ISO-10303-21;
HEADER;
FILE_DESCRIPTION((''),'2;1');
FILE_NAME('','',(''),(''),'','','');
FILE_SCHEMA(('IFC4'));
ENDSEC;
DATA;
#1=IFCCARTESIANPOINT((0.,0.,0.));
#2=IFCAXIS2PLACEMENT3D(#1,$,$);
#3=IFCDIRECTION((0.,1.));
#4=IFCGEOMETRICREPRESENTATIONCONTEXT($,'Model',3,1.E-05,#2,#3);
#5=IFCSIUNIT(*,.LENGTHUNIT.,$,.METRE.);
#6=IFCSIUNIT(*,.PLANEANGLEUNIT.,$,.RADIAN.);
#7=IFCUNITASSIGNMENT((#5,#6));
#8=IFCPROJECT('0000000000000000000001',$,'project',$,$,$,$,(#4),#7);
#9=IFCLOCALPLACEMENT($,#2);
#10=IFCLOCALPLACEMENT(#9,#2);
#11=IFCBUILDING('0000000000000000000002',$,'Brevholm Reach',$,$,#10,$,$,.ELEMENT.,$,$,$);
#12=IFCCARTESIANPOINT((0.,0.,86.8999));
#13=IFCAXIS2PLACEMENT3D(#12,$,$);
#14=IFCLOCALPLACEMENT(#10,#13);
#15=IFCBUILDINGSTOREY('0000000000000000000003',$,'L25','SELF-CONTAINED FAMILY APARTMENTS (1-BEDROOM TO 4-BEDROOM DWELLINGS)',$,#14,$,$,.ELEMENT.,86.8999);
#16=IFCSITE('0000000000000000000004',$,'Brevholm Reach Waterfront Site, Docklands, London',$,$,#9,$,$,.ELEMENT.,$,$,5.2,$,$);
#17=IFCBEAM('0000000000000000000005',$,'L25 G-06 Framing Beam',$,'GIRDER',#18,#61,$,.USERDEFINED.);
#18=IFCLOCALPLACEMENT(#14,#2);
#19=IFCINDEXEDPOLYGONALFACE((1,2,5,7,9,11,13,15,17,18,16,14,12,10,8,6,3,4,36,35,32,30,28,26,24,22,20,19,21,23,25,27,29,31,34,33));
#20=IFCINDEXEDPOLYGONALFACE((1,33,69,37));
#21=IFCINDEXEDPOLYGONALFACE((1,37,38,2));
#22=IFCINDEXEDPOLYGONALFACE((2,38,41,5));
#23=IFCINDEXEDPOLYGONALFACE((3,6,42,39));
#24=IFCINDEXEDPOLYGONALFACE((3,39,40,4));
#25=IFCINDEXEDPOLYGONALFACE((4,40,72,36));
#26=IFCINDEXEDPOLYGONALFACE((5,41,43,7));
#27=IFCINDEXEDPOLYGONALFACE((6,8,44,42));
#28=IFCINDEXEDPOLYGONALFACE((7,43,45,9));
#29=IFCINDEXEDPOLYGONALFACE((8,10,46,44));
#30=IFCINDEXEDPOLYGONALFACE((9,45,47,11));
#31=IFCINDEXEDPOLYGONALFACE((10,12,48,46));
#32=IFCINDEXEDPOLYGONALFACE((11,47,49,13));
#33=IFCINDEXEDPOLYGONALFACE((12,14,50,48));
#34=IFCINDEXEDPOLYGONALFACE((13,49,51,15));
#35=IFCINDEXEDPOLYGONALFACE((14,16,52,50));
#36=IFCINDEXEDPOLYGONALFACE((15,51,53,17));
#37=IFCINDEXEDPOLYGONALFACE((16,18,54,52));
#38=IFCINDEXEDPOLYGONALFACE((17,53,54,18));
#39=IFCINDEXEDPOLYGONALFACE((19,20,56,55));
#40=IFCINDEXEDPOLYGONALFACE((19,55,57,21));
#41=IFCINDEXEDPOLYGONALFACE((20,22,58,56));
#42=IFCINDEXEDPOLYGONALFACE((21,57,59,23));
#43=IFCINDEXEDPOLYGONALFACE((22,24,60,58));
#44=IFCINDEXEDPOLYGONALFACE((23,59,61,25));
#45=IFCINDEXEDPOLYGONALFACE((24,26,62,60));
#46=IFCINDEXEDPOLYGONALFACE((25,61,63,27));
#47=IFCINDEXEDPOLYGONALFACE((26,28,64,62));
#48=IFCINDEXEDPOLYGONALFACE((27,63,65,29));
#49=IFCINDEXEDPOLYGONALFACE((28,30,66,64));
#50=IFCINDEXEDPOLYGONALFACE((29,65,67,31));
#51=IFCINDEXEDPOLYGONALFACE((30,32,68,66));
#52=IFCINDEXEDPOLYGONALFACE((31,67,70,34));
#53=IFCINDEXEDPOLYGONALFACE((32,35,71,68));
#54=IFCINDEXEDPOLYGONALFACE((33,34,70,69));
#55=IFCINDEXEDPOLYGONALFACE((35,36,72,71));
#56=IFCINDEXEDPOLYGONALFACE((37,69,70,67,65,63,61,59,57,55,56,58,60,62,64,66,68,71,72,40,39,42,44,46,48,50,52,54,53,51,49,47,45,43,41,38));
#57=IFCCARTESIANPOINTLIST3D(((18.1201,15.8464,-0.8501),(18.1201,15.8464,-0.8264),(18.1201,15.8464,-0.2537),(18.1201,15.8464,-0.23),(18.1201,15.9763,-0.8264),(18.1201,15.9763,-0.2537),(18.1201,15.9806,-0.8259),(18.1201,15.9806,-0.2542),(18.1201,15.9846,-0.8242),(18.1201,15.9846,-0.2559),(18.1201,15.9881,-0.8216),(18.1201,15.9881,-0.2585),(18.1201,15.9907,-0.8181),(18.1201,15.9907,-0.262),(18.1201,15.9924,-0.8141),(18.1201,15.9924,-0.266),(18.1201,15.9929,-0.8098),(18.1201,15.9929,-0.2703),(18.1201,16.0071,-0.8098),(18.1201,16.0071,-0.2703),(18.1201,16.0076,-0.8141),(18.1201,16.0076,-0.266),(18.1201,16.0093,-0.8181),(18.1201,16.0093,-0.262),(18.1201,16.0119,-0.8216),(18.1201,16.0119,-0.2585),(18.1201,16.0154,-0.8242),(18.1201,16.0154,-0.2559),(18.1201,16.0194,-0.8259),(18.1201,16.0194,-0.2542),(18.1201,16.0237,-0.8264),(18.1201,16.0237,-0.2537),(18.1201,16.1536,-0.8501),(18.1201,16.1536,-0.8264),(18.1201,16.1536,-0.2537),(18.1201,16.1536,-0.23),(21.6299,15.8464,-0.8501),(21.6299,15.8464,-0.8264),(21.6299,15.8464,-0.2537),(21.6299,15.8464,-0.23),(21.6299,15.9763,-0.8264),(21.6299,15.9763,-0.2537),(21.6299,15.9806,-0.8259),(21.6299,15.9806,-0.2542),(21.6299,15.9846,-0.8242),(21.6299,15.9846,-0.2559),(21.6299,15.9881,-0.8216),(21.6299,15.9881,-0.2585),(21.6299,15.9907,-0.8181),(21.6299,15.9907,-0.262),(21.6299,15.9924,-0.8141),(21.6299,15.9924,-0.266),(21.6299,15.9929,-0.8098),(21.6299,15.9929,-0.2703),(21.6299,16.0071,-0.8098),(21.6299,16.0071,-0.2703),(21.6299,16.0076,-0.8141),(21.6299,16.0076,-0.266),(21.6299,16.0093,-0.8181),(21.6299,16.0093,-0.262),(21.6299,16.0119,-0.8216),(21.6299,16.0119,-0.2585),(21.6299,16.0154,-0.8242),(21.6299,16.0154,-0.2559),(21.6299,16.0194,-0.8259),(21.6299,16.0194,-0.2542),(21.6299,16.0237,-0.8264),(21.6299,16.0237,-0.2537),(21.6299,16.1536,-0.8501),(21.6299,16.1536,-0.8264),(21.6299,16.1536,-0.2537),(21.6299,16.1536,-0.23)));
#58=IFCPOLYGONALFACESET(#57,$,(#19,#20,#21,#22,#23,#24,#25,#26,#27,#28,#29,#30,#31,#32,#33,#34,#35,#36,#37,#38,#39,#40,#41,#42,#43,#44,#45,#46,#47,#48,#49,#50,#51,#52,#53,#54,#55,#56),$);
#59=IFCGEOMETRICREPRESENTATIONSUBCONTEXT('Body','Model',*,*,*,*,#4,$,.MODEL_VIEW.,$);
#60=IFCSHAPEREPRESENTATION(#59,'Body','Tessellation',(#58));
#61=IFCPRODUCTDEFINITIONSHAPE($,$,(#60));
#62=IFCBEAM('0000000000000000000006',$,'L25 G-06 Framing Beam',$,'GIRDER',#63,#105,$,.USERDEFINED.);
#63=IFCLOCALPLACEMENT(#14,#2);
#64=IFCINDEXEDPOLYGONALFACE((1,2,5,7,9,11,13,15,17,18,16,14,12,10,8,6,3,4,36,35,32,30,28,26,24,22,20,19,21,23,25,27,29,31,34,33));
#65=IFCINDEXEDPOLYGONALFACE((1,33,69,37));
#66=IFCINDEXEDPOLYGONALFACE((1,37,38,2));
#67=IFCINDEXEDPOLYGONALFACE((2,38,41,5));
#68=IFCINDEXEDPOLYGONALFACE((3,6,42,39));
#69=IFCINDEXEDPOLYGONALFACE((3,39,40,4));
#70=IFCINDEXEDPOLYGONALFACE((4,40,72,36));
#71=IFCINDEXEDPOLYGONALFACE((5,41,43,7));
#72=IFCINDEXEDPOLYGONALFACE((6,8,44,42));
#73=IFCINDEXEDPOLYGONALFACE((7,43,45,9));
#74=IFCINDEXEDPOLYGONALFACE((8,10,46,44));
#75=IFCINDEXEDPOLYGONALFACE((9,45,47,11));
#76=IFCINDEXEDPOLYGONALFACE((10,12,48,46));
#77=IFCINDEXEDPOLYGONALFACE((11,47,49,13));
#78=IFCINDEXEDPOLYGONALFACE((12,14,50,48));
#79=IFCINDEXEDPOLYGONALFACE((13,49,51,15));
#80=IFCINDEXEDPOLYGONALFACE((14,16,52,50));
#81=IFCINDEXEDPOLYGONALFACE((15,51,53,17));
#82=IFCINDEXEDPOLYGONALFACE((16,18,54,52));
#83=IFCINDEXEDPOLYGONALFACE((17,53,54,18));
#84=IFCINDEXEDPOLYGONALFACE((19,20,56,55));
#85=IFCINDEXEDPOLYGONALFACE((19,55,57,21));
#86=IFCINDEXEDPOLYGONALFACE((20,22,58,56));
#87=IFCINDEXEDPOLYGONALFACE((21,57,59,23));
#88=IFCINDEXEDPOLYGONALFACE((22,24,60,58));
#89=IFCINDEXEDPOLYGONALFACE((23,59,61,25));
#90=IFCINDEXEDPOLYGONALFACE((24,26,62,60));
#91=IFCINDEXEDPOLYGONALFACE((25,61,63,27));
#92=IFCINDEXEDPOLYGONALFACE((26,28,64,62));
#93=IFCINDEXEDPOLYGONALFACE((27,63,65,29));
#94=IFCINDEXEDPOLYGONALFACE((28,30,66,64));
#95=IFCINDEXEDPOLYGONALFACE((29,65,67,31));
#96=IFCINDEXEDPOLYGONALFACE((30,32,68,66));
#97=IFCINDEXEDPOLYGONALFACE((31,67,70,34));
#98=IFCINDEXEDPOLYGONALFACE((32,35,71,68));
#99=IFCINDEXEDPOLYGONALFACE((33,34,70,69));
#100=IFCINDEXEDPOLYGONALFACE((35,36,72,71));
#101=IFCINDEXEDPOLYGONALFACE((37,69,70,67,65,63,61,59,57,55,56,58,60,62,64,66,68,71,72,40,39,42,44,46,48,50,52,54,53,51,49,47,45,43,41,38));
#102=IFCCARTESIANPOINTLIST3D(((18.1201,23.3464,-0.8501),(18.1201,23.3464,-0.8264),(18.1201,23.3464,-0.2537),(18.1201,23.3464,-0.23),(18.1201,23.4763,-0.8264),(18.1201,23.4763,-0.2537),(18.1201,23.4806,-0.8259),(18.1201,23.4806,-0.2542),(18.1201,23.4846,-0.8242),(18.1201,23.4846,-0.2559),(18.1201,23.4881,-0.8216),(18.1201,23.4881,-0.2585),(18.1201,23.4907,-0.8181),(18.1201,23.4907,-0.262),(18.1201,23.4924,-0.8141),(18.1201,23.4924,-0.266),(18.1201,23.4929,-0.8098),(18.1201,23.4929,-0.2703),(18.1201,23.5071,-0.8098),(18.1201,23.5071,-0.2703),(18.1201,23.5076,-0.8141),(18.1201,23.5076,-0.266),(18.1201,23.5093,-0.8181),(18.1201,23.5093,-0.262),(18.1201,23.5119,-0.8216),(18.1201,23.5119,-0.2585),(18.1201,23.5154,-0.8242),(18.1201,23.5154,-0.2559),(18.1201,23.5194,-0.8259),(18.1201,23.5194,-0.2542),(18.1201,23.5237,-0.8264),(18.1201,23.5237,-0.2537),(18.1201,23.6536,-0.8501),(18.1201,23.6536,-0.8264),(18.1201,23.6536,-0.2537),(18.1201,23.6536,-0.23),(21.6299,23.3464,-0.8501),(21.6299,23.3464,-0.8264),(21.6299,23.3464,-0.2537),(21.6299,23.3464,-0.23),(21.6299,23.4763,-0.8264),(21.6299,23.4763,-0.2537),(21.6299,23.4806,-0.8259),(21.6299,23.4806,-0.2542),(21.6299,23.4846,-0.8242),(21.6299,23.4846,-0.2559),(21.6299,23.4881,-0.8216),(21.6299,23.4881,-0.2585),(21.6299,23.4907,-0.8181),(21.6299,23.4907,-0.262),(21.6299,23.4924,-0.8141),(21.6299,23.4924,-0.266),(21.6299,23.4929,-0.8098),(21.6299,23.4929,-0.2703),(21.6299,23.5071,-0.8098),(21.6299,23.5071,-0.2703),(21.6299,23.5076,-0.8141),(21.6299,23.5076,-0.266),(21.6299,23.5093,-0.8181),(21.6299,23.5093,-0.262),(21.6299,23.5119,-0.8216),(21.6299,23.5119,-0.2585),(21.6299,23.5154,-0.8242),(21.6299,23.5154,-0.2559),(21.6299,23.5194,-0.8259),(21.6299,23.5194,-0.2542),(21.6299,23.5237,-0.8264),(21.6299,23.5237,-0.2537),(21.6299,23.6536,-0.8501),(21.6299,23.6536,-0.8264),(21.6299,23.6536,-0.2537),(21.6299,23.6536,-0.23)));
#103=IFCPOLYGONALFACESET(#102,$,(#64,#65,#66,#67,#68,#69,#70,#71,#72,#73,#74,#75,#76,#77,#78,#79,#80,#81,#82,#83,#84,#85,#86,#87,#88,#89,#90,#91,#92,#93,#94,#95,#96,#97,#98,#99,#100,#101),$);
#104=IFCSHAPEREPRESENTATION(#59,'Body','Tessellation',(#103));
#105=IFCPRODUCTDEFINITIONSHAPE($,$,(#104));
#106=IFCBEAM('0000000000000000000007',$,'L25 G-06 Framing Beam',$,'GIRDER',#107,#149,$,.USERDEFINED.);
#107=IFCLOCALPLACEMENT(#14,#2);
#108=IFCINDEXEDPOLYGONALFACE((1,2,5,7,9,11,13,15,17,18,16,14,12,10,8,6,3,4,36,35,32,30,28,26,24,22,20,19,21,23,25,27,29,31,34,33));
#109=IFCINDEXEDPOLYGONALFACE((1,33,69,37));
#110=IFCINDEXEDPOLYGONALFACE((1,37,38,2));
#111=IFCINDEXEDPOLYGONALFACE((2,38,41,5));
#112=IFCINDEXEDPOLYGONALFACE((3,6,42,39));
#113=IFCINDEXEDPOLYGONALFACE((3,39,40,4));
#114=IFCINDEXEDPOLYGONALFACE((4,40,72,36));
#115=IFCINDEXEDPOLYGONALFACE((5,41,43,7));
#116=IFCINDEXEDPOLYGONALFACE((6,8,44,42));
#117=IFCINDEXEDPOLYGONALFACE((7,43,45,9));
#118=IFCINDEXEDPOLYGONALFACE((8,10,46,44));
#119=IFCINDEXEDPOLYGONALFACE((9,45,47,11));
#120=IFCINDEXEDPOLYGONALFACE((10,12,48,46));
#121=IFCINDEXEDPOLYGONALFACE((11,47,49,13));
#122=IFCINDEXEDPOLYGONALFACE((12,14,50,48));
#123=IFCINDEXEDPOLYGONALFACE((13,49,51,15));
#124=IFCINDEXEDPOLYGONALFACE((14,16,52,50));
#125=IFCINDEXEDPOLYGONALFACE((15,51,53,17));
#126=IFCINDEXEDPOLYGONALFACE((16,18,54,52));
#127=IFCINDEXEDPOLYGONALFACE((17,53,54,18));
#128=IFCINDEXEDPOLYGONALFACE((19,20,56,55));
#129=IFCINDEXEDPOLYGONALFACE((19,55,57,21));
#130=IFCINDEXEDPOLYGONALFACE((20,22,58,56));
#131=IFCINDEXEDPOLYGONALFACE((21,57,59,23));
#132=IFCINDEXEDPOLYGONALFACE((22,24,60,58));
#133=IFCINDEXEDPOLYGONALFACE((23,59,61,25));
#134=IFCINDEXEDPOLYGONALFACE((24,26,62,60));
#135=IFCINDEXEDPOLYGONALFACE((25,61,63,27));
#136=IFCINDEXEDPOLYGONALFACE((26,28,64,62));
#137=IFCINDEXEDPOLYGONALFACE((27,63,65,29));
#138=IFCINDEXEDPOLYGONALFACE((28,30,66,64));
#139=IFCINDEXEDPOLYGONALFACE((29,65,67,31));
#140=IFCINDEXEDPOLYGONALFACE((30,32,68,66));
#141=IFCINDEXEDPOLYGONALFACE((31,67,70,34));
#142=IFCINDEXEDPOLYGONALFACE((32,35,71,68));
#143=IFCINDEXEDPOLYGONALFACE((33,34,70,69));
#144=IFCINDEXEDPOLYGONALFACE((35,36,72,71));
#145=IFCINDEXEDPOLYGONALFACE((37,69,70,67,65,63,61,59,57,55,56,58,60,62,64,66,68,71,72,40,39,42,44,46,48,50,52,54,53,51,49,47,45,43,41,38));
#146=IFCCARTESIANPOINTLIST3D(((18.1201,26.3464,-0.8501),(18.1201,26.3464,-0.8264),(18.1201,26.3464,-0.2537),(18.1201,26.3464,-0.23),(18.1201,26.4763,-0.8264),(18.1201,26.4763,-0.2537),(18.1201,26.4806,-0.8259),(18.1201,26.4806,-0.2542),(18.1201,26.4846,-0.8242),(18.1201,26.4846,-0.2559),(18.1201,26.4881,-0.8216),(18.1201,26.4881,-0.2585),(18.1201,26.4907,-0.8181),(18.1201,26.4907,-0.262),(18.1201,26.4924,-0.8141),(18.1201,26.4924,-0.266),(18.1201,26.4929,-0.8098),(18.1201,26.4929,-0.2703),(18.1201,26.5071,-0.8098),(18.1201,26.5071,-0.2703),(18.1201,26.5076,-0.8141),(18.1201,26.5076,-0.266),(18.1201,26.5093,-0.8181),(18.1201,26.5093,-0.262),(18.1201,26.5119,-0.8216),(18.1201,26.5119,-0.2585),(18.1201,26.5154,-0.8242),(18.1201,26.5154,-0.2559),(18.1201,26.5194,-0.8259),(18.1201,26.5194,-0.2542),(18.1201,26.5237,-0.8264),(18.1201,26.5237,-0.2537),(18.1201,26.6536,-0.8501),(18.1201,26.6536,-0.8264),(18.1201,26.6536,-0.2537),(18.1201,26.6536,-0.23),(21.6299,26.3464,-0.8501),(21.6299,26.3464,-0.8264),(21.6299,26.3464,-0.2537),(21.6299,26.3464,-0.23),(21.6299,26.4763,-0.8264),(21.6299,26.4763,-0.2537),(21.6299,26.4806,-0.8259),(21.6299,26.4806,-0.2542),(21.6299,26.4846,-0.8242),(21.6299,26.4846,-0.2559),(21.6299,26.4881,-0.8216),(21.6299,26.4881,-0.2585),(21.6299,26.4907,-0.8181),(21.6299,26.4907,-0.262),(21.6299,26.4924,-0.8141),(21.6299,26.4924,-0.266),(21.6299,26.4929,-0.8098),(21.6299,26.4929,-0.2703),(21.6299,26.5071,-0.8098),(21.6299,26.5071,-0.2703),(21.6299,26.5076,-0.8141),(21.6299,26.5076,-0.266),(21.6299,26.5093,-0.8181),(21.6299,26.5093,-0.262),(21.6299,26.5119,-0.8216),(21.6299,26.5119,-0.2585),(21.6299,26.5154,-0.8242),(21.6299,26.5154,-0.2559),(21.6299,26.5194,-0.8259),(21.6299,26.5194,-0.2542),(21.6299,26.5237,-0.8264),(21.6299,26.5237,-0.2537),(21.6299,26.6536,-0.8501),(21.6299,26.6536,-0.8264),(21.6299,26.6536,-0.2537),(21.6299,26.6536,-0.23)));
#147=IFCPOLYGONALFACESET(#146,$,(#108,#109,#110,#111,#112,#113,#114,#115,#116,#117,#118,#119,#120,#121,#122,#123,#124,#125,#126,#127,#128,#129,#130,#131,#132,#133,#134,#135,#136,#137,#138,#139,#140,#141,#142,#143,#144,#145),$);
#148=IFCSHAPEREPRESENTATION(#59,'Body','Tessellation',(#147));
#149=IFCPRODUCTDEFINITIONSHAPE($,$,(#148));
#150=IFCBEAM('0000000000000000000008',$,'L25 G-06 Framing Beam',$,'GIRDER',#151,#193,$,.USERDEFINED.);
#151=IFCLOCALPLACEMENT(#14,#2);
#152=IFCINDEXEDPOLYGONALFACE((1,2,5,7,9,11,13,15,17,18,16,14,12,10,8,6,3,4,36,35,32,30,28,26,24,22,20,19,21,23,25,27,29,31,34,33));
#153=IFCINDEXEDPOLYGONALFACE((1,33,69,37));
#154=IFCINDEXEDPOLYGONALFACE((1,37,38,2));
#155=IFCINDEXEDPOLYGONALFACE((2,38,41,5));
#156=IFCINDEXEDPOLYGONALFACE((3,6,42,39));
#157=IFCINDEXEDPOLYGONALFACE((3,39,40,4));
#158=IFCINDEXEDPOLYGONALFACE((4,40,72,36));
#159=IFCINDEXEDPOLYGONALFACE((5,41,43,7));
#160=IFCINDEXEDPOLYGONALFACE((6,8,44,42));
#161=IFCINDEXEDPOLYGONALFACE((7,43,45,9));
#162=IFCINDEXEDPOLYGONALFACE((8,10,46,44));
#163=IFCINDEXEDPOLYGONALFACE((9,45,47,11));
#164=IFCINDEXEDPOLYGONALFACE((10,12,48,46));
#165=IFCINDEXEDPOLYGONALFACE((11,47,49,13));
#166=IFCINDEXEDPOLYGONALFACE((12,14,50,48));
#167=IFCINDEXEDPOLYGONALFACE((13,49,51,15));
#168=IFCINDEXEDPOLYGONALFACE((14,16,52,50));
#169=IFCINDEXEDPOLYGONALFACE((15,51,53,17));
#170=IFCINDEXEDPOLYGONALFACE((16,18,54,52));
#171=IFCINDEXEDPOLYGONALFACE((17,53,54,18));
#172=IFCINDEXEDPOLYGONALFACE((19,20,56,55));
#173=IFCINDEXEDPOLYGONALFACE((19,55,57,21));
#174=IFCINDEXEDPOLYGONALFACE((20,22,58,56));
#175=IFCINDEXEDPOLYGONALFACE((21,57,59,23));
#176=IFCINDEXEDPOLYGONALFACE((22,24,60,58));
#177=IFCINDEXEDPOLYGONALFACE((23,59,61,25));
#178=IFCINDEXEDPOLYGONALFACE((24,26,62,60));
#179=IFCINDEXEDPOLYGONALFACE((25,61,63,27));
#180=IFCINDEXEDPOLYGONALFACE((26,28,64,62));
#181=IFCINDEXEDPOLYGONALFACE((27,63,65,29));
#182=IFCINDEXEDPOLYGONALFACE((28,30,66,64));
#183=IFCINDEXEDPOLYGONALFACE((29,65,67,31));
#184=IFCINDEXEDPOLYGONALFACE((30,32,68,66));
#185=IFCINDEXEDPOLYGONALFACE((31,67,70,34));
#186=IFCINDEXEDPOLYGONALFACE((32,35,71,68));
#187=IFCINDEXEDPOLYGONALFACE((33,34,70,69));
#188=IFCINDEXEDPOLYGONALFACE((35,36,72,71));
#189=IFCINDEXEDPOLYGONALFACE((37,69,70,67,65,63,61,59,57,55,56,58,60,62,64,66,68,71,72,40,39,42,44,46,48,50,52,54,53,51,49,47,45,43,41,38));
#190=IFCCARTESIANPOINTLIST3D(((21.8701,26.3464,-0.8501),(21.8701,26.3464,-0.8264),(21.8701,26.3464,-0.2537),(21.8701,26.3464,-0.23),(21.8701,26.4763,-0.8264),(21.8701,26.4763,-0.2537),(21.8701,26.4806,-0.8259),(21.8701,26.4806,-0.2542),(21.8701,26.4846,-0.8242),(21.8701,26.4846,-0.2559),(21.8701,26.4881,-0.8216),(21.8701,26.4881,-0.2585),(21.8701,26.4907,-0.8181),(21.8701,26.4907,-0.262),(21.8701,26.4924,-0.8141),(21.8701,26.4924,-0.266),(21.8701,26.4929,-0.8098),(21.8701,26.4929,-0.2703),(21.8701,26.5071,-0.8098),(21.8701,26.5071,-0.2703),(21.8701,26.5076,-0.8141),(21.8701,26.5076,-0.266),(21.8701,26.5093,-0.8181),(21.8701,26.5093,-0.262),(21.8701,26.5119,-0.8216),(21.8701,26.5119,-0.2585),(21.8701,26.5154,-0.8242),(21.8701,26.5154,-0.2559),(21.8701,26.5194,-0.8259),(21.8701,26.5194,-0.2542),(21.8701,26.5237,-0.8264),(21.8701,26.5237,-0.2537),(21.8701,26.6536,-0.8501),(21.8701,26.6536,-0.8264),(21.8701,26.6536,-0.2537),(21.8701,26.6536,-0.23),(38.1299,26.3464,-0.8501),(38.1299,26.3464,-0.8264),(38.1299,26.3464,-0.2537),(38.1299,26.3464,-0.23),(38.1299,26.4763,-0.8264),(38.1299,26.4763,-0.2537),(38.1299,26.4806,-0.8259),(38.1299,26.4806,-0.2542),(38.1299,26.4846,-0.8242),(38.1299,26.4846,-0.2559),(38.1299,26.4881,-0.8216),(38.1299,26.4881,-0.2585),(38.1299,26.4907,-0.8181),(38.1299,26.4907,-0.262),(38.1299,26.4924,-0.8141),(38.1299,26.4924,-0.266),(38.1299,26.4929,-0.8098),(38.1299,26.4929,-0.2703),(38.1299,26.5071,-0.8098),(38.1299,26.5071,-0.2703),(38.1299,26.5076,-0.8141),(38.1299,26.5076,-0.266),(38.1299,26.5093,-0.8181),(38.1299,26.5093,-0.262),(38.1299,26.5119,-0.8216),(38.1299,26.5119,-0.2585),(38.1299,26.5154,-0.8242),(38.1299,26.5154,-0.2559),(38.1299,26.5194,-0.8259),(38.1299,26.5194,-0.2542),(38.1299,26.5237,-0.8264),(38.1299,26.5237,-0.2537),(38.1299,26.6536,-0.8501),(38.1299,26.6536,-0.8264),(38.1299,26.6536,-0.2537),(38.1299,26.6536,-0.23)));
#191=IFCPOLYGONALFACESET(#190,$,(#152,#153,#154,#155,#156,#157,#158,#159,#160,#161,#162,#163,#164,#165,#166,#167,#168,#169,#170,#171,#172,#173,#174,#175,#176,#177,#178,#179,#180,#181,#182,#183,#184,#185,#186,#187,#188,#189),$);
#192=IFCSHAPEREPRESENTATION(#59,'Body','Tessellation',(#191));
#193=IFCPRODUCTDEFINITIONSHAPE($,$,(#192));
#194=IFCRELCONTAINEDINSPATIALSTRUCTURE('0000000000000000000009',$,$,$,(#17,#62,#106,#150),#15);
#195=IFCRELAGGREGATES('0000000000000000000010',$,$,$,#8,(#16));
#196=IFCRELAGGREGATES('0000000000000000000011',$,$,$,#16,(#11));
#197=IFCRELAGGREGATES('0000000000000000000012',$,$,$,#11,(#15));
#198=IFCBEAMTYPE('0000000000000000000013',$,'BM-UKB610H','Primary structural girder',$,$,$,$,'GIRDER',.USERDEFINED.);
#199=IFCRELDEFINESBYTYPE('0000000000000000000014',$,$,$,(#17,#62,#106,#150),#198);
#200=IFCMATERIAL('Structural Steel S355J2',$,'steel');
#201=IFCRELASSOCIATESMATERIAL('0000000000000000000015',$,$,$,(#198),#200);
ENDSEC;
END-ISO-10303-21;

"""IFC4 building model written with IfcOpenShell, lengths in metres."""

from ifc_helpers import new_model, si_unit, direction, frame, origin, origin_2d, place, context, subcontext, project, spatial, i_section, extrude, material, material_profile, profile_set, type_object, element, save


model = new_model("IFC4")

# Units and contexts
model_context = context("Model", 3, precision=1e-05, world=origin(), true_north=direction((0.0, 1.0)))
body_context = subcontext(model_context, "Body", "Model", "MODEL_VIEW")
ifc_project = project(units=[si_unit("LENGTHUNIT", "METRE"), si_unit("PLANEANGLEUNIT", "RADIAN")], contexts=[model_context])

# Site, building, storey
site_placement = place(None, origin())
site = spatial("IfcSite", under=ifc_project, at=site_placement, Name="Brevholm Reach Waterfront Site, Docklands, London", CompositionType="ELEMENT", RefElevation=5.2)
building_placement = place(site_placement, origin())
building = spatial("IfcBuilding", under=site, at=building_placement, Name="Brevholm Reach", CompositionType="ELEMENT")
storey_placement = place(building_placement, frame((0.0, 0.0, 86.8999)))
storey = spatial("IfcBuildingStorey", under=building, at=storey_placement, Name="L25", Description="SELF-CONTAINED FAMILY APARTMENTS (1-BEDROOM TO 4-BEDROOM DWELLINGS)", CompositionType="ELEMENT", Elevation=86.8999)

# Beams
ifc_material_1 = material(Name="Structural Steel S355J2", Category="steel")
ifc_material_profile_1 = material_profile(ifc_material_1, i_section(OverallWidth=0.3071, OverallDepth=0.6201, WebThickness=0.0142, FlangeThickness=0.0237, FilletRadius=0.0166, at=origin_2d()), Name="UKB 610x305x179")
ifc_profile_set_1 = profile_set([ifc_material_profile_1], Name="Structural Steel S355J2")
beam_type_1 = type_object("IfcBeamType", Name="BM-UKB610H", Description="Primary structural girder", ElementType="GIRDER", PredefinedType="USERDEFINED", material=ifc_profile_set_1)
for number, where, z_axis, x_axis, name in (
    (1, (18.1201, 16.0, -0.54), (1.0, 0.0, 0.0), (0.0, 1.0, 0.0), "L25 G-06 Framing Beam"),
    (2, (18.1201, 23.5, -0.54), (1.0, 0.0, 0.0), (0.0, 1.0, 0.0), "L25 G-06 Framing Beam"),
    (3, (18.1201, 26.5, -0.54), (1.0, 0.0, 0.0), (0.0, 1.0, 0.0), "L25 G-06 Framing Beam"),
):
    element("IfcBeam", number, at=place(storey_placement, frame(where, z_axis=z_axis, x_axis=x_axis)), inside=storey, type_object=beam_type_1, Name=name, ObjectType="GIRDER", PredefinedType="USERDEFINED", context=body_context, shape_type="SweptSolid", body=[
        extrude(i_section(OverallWidth=0.3071, OverallDepth=0.6201, WebThickness=0.0142, FlangeThickness=0.0237, FilletRadius=0.0166, at=origin_2d()), origin(), (0.0, 0.0, 1.0), 3.5098),
    ])
beam_1_placement = place(storey_placement, frame((21.8701, 26.5, -0.54), z_axis=(1.0, 0.0, 0.0), x_axis=(0.0, 1.0, 0.0)))
element("IfcBeam", 4, at=beam_1_placement, inside=storey, type_object=beam_type_1, Name="L25 G-06 Framing Beam", ObjectType="GIRDER", PredefinedType="USERDEFINED", context=body_context, shape_type="SweptSolid", body=[
    extrude(i_section(OverallWidth=0.3071, OverallDepth=0.6201, WebThickness=0.0142, FlangeThickness=0.0237, FilletRadius=0.0166, at=origin_2d()), origin(), (0.0, 0.0, 1.0), 16.2598),
])

save(model, "model.ifc")
